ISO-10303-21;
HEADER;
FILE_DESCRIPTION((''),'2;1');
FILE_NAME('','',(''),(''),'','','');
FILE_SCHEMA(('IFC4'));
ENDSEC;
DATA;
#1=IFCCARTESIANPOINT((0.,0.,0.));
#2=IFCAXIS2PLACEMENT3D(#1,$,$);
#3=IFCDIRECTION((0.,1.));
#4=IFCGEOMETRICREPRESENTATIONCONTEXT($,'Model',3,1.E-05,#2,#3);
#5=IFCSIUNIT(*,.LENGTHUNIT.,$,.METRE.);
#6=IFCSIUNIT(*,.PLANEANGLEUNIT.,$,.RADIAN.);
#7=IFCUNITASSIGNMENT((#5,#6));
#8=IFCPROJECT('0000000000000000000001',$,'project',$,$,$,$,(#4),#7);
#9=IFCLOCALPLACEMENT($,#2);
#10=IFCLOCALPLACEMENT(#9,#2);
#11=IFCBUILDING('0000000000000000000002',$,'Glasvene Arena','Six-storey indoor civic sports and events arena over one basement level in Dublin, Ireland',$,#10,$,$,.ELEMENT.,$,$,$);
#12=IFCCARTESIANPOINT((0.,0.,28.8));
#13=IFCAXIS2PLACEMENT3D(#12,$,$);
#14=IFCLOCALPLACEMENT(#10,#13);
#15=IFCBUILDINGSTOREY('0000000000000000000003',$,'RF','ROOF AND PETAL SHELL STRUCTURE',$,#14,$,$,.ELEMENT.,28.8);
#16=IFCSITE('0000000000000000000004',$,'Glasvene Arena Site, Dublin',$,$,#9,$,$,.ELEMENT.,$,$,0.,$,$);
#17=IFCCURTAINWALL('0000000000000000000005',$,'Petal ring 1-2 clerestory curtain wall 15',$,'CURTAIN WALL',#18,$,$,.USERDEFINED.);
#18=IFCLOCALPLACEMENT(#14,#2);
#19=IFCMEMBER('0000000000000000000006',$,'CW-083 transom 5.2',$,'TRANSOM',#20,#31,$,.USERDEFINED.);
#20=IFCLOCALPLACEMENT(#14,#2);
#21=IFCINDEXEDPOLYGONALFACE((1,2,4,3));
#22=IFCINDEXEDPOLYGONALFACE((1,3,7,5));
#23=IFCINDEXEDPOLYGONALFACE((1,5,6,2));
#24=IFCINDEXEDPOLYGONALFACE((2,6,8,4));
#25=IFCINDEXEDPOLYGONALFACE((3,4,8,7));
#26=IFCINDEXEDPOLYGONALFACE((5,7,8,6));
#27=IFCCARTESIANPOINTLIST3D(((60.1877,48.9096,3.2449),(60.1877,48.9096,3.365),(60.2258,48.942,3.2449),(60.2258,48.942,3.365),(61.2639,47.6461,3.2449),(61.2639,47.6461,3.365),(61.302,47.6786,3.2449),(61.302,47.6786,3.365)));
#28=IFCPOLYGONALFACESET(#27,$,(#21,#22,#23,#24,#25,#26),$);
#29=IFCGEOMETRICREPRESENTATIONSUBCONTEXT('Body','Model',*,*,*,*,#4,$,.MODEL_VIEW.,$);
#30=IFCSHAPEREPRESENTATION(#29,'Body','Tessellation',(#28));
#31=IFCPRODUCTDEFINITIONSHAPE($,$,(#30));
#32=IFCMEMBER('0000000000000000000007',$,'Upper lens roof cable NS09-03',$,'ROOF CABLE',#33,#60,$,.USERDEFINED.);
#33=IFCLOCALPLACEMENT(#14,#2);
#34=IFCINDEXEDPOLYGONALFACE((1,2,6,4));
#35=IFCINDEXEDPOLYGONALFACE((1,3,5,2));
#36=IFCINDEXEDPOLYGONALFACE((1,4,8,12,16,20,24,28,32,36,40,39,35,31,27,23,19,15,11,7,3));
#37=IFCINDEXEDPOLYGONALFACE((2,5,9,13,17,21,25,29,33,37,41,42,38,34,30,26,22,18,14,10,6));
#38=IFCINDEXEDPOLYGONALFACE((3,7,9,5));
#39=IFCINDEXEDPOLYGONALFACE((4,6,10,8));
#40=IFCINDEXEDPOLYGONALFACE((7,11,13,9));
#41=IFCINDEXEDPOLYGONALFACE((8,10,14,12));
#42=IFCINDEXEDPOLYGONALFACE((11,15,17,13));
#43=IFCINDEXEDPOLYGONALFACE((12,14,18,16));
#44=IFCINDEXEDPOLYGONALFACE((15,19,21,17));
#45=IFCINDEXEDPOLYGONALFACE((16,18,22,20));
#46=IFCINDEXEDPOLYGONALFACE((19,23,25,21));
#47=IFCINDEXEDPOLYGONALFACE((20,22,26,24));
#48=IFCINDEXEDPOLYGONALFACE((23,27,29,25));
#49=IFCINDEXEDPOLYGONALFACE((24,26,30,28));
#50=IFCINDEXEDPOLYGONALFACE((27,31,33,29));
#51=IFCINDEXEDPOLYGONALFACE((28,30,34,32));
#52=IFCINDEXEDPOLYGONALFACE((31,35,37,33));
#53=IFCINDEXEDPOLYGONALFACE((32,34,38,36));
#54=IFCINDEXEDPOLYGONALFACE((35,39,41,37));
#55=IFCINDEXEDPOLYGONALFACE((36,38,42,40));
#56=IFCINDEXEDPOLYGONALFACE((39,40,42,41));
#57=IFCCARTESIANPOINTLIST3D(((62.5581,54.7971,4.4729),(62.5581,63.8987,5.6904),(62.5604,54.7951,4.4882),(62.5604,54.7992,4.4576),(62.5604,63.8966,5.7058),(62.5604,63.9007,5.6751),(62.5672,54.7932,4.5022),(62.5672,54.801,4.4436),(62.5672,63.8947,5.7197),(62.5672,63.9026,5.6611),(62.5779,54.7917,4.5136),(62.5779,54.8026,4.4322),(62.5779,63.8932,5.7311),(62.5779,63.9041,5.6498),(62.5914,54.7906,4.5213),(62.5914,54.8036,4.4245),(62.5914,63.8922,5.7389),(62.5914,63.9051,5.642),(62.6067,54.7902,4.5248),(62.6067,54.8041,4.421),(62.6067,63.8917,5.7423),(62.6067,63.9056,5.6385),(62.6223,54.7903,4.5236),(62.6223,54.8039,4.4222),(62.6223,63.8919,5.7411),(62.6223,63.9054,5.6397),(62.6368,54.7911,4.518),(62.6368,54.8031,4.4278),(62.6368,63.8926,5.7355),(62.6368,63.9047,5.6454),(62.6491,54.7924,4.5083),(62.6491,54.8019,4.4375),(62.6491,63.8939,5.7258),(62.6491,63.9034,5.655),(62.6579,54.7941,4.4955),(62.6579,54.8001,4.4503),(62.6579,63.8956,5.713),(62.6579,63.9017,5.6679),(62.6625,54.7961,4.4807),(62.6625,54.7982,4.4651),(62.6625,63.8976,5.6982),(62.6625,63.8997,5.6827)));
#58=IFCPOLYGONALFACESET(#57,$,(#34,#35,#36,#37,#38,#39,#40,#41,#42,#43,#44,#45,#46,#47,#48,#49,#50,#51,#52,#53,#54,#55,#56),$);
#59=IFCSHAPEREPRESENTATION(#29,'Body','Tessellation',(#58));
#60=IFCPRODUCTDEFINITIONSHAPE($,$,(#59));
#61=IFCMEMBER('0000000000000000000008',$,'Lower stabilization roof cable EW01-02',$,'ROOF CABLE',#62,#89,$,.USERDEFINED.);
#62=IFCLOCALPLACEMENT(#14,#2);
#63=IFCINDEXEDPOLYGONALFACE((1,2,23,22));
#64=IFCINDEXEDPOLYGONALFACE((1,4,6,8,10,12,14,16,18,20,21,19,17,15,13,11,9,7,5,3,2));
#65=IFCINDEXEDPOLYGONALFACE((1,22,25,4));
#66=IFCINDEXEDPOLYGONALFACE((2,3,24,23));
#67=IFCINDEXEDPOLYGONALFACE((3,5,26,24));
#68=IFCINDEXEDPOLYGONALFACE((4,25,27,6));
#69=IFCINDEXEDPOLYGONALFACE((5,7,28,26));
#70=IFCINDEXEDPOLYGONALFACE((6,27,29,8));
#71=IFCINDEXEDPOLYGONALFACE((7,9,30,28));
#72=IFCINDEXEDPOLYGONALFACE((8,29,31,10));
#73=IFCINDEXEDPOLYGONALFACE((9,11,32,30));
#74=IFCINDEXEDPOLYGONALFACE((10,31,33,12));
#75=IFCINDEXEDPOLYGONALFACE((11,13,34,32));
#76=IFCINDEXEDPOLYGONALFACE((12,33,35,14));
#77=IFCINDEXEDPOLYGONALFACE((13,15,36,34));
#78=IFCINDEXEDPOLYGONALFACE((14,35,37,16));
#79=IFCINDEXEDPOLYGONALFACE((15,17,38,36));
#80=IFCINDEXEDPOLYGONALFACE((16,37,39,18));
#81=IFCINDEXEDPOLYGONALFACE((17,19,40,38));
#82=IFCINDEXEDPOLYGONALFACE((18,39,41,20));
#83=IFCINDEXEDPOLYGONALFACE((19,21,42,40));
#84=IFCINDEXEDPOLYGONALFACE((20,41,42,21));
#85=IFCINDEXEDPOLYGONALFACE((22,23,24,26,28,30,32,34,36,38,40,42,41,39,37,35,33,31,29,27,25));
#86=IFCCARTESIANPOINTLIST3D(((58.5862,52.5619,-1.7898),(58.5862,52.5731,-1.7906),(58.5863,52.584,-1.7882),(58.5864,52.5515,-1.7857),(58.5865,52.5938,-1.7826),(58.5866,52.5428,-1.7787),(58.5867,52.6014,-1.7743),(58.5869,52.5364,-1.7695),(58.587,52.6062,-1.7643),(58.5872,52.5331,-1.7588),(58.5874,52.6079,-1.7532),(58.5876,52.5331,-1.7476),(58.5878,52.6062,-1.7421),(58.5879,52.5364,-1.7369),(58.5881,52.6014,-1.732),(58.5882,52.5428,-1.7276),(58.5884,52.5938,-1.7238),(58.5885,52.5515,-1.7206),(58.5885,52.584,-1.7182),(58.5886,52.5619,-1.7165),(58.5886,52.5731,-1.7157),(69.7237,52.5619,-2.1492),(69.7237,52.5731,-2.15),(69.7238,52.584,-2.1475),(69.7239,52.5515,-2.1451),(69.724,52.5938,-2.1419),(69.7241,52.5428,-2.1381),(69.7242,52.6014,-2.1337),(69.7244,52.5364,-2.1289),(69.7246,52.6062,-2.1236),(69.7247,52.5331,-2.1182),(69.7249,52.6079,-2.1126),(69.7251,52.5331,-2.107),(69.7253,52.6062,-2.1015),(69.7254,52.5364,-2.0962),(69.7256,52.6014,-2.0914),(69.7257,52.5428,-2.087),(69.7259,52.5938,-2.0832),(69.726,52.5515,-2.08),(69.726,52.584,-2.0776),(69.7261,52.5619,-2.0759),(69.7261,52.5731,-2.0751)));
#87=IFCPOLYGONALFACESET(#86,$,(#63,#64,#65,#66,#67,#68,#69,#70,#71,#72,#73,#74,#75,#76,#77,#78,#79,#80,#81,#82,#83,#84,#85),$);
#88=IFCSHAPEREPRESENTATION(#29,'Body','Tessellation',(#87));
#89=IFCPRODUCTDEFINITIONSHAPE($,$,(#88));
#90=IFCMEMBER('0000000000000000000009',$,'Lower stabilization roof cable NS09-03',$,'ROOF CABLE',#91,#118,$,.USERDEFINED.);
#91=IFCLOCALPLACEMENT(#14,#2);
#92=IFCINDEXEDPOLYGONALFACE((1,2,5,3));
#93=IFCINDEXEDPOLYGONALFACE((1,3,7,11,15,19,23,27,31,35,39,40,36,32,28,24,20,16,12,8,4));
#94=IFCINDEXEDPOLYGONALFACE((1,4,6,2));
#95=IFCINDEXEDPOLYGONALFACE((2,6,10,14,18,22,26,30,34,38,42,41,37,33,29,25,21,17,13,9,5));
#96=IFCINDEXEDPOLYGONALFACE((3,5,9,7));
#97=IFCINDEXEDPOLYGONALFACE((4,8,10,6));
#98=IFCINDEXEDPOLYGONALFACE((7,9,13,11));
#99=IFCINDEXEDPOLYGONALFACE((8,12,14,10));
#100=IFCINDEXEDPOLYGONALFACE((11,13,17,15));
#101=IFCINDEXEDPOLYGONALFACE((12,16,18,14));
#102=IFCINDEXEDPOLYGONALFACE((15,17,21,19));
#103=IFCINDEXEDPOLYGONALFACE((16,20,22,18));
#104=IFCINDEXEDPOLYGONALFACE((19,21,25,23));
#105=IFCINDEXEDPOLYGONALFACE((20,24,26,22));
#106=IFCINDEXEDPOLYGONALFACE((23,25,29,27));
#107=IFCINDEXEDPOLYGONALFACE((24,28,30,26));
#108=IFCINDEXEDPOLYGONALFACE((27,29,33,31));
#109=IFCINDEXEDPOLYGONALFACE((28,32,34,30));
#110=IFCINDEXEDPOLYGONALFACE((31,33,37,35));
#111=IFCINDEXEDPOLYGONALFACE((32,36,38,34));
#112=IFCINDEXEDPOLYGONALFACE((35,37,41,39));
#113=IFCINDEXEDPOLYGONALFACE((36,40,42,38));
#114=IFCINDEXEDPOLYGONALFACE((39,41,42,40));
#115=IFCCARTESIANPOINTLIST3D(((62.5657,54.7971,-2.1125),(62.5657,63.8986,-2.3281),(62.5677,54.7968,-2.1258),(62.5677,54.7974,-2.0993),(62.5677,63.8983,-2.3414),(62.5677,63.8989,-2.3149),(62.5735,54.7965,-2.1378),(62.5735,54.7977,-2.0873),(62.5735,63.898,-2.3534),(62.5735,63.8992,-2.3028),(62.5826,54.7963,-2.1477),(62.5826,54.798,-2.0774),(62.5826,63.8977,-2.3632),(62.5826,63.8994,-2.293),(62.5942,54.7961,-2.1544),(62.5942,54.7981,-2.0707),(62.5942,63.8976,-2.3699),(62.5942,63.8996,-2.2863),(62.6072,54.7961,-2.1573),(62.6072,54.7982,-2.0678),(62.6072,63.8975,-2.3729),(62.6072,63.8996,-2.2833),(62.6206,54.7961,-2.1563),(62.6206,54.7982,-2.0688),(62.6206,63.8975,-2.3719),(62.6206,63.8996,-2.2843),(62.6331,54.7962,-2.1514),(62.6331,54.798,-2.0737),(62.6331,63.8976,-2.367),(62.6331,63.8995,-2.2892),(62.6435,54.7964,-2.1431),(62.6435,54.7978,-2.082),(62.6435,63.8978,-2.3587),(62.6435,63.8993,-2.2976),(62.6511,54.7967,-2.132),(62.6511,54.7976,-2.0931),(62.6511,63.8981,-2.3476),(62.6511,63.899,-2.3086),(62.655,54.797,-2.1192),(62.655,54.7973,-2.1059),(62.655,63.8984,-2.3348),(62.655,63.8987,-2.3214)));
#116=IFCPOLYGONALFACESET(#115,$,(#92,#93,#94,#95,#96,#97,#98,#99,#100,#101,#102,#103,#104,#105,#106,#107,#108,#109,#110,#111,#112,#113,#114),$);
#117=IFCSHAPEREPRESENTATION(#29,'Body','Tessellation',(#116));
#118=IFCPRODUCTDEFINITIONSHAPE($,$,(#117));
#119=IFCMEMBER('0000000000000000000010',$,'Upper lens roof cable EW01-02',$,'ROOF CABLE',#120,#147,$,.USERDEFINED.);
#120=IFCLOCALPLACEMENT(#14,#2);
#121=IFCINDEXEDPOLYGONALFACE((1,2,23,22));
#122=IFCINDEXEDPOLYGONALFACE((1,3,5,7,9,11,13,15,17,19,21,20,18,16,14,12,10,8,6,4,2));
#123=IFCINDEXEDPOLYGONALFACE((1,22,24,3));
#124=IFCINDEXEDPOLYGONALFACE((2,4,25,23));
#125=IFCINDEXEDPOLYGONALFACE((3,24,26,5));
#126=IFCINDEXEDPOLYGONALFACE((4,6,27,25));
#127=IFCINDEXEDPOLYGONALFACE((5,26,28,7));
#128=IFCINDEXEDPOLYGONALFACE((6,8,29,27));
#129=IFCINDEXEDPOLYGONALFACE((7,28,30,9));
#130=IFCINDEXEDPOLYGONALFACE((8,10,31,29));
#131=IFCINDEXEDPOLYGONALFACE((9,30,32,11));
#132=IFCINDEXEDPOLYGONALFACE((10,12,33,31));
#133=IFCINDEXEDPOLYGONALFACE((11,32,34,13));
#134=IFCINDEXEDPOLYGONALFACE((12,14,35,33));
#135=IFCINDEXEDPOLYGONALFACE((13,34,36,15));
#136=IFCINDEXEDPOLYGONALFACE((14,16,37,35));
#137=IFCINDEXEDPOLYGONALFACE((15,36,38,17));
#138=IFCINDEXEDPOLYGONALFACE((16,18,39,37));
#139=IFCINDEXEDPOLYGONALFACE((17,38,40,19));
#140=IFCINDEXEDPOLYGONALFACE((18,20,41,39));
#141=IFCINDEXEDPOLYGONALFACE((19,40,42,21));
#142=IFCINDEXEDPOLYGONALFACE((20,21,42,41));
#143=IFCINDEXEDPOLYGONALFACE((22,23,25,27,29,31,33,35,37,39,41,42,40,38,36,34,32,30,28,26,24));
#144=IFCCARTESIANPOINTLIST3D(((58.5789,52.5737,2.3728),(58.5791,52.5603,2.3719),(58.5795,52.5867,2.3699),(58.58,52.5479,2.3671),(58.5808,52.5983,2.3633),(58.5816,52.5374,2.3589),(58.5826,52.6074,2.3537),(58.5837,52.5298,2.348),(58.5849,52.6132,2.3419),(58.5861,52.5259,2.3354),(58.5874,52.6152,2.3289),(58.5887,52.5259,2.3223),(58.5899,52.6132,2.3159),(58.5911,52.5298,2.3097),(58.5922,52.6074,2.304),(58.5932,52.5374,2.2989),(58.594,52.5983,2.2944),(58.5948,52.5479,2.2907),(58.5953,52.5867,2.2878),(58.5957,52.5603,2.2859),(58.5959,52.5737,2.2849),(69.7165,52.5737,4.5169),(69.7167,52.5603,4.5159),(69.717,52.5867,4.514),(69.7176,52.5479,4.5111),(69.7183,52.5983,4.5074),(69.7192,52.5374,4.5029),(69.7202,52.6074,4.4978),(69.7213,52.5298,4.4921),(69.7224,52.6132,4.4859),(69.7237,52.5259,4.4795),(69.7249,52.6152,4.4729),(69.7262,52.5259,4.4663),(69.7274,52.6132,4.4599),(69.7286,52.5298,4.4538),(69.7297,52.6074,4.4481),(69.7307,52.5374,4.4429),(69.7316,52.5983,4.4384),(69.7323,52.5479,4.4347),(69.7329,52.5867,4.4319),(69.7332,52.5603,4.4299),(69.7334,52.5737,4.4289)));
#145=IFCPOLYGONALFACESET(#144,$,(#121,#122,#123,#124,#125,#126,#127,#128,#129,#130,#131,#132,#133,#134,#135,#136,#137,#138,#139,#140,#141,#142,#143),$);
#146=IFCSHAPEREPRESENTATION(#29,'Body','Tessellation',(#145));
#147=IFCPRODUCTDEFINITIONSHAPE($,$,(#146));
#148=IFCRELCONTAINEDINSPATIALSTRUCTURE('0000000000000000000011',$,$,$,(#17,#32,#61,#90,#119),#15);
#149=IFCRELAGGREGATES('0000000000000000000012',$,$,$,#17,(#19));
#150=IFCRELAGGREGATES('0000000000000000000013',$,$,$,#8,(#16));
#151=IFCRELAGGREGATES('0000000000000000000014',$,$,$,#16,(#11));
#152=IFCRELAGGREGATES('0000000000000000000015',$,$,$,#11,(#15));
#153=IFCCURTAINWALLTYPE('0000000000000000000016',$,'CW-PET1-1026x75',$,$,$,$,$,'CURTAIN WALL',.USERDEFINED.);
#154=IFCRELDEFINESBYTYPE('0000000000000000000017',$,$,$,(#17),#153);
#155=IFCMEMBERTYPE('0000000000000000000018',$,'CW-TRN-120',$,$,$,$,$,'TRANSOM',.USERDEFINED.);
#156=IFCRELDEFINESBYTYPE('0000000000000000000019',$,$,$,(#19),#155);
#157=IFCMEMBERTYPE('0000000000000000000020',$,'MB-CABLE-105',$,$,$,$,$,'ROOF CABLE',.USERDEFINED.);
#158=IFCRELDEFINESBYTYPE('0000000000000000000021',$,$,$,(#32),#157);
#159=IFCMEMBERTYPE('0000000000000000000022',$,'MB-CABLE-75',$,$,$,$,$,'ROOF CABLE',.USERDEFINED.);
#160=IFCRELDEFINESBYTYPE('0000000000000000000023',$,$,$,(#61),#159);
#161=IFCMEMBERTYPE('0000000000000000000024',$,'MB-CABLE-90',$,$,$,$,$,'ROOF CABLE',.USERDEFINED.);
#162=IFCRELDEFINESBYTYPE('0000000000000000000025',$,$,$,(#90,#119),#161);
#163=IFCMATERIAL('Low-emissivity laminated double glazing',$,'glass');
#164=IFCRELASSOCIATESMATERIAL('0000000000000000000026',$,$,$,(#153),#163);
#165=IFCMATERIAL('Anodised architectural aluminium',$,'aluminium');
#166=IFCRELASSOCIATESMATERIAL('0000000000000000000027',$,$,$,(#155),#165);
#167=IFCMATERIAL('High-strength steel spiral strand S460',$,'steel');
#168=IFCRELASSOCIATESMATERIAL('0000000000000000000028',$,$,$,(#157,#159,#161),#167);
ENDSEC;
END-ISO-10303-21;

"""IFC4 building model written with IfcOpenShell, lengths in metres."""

from ifc_helpers import new_model, si_unit, direction, frame, origin, origin_2d, place, context, subcontext, project, spatial, rectangle, circle, extrude, material, material_profile, profile_set, type_object, element, aggregate, save


model = new_model("IFC4")

# Units and contexts
model_context = context("Model", 3, precision=1e-05, world=origin(), true_north=direction((0.0, 1.0)))
body_context = subcontext(model_context, "Body", "Model", "MODEL_VIEW")
ifc_project = project(units=[si_unit("LENGTHUNIT", "METRE"), si_unit("PLANEANGLEUNIT", "RADIAN")], contexts=[model_context])

# Site, building, storey
site_placement = place(None, origin())
site = spatial("IfcSite", under=ifc_project, at=site_placement, Name="Glasvene Arena Site, Dublin", CompositionType="ELEMENT", RefElevation=0.0)
building_placement = place(site_placement, origin())
building = spatial("IfcBuilding", under=site, at=building_placement, Name="Glasvene Arena", Description="Six-storey indoor civic sports and events arena over one basement level in Dublin, Ireland", CompositionType="ELEMENT")
storey_placement = place(building_placement, frame((0.0, 0.0, 28.8)))
storey = spatial("IfcBuildingStorey", under=building, at=storey_placement, Name="RF", Description="ROOF AND PETAL SHELL STRUCTURE", CompositionType="ELEMENT", Elevation=28.8)

# Curtain wall
ifc_material_1 = material(Name="Low-emissivity laminated double glazing", Category="glass")
curtain_wall_type_1 = type_object("IfcCurtainWallType", Name="CW-PET1-1026x75", ElementType="CURTAIN WALL", PredefinedType="USERDEFINED", material=ifc_material_1)
curtain_wall_1_placement = place(storey_placement, frame((55.7568, 54.1499, 0.0)))
curtain_wall_1 = element("IfcCurtainWall", 1, at=curtain_wall_1_placement, inside=storey, type_object=curtain_wall_type_1, Name="Petal ring 1-2 clerestory curtain wall 15", ObjectType="CURTAIN WALL", PredefinedType="USERDEFINED")
ifc_material_2 = material(Name="Anodised architectural aluminium", Category="aluminium")

# Member
ifc_material_profile_1 = material_profile(ifc_material_2, rectangle(XDim=0.05, YDim=0.1201, at=origin_2d()), Name="ALU TRANSOM 50x120")
ifc_profile_set_1 = profile_set([ifc_material_profile_1], Name="Anodised architectural aluminium")
member_type_1 = type_object("IfcMemberType", Name="CW-TRN-120", ElementType="TRANSOM", PredefinedType="USERDEFINED", material=ifc_profile_set_1)
member_1_placement = place(storey_placement, frame((60.2068, 48.9258, 3.3049), z_axis=(0.648438, -0.761267, 0.0), x_axis=(0.761267, 0.648438, 0.0)))
member_1 = element("IfcMember", 2, at=member_1_placement, type_object=member_type_1, Name="CW-083 transom 5.2", ObjectType="TRANSOM", PredefinedType="USERDEFINED", context=body_context, shape_type="SweptSolid", body=[
    extrude(rectangle(XDim=0.05, YDim=0.1201, at=origin_2d()), origin(), (0.0, 0.0, 1.0), 1.6597),
])

# Members
ifc_material_3 = material(Name="High-strength steel spiral strand S460", Category="steel")
ifc_material_profile_2 = material_profile(ifc_material_3, circle(Radius=0.0525, at=origin_2d()), Name="LCSS D105")
ifc_profile_set_2 = profile_set([ifc_material_profile_2], Name="High-strength steel spiral strand S460")
member_type_2 = type_object("IfcMemberType", Name="MB-CABLE-105", ElementType="ROOF CABLE", PredefinedType="USERDEFINED", material=ifc_profile_set_2)
member_2_placement = place(storey_placement, frame((62.6106, 54.7971, 4.4729), z_axis=(0.0, 0.991171, 0.13259), x_axis=(-1.0, 0.0, 0.0)))
element("IfcMember", 3, at=member_2_placement, inside=storey, type_object=member_type_2, Name="Upper lens roof cable NS09-03", ObjectType="ROOF CABLE", PredefinedType="USERDEFINED", context=body_context, shape_type="SweptSolid", body=[
    extrude(circle(Radius=0.0525, at=origin_2d()), origin(), (0.0, 0.0, 1.0), 9.1826),
])
ifc_material_profile_3 = material_profile(ifc_material_3, circle(Radius=0.0376, at=origin_2d()), Name="LCSS D75")
ifc_profile_set_3 = profile_set([ifc_material_profile_3], Name="High-strength steel spiral strand S460")
member_type_3 = type_object("IfcMemberType", Name="MB-CABLE-75", ElementType="ROOF CABLE", PredefinedType="USERDEFINED", material=ifc_profile_set_3)
member_3_placement = place(storey_placement, frame((58.5874, 52.5703, -1.7532), z_axis=(0.99948, 0.0, -0.03225), x_axis=(0.0, 1.0, 0.0)))
element("IfcMember", 4, at=member_3_placement, inside=storey, type_object=member_type_3, Name="Lower stabilization roof cable EW01-02", ObjectType="ROOF CABLE", PredefinedType="USERDEFINED", context=body_context, shape_type="SweptSolid", body=[
    extrude(circle(Radius=0.0376, at=origin_2d()), origin(), (0.0, 0.0, 1.0), 11.1433),
])
ifc_material_profile_4 = material_profile(ifc_material_3, circle(Radius=0.0449, at=origin_2d()), Name="LCSS D90")
ifc_profile_set_4 = profile_set([ifc_material_profile_4], Name="High-strength steel spiral strand S460")
member_type_4 = type_object("IfcMemberType", Name="MB-CABLE-90", ElementType="ROOF CABLE", PredefinedType="USERDEFINED", material=ifc_profile_set_4)
member_4_placement = place(storey_placement, frame((62.6106, 54.7971, -2.1125), z_axis=(0.0, 0.99972, -0.023679), x_axis=(-1.0, 0.0, 0.0)))
element("IfcMember", 5, at=member_4_placement, inside=storey, type_object=member_type_4, Name="Lower stabilization roof cable NS09-03", ObjectType="ROOF CABLE", PredefinedType="USERDEFINED", context=body_context, shape_type="SweptSolid", body=[
    extrude(circle(Radius=0.0449, at=origin_2d()), origin(), (0.0, 0.0, 1.0), 9.104),
])
member_5_placement = place(storey_placement, frame((58.5874, 52.5703, 2.3289), z_axis=(0.98197, 0.0, 0.189037), x_axis=(0.0, 1.0, 0.0)))
element("IfcMember", 6, at=member_5_placement, inside=storey, type_object=member_type_4, Name="Upper lens roof cable EW01-02", ObjectType="ROOF CABLE", PredefinedType="USERDEFINED", context=body_context, shape_type="SweptSolid", body=[
    extrude(circle(Radius=0.0449, at=origin_2d()), origin(), (0.0, 0.0, 1.0), 11.342),
])

aggregate(curtain_wall_1, [member_1])

save(model, "model.ifc")
